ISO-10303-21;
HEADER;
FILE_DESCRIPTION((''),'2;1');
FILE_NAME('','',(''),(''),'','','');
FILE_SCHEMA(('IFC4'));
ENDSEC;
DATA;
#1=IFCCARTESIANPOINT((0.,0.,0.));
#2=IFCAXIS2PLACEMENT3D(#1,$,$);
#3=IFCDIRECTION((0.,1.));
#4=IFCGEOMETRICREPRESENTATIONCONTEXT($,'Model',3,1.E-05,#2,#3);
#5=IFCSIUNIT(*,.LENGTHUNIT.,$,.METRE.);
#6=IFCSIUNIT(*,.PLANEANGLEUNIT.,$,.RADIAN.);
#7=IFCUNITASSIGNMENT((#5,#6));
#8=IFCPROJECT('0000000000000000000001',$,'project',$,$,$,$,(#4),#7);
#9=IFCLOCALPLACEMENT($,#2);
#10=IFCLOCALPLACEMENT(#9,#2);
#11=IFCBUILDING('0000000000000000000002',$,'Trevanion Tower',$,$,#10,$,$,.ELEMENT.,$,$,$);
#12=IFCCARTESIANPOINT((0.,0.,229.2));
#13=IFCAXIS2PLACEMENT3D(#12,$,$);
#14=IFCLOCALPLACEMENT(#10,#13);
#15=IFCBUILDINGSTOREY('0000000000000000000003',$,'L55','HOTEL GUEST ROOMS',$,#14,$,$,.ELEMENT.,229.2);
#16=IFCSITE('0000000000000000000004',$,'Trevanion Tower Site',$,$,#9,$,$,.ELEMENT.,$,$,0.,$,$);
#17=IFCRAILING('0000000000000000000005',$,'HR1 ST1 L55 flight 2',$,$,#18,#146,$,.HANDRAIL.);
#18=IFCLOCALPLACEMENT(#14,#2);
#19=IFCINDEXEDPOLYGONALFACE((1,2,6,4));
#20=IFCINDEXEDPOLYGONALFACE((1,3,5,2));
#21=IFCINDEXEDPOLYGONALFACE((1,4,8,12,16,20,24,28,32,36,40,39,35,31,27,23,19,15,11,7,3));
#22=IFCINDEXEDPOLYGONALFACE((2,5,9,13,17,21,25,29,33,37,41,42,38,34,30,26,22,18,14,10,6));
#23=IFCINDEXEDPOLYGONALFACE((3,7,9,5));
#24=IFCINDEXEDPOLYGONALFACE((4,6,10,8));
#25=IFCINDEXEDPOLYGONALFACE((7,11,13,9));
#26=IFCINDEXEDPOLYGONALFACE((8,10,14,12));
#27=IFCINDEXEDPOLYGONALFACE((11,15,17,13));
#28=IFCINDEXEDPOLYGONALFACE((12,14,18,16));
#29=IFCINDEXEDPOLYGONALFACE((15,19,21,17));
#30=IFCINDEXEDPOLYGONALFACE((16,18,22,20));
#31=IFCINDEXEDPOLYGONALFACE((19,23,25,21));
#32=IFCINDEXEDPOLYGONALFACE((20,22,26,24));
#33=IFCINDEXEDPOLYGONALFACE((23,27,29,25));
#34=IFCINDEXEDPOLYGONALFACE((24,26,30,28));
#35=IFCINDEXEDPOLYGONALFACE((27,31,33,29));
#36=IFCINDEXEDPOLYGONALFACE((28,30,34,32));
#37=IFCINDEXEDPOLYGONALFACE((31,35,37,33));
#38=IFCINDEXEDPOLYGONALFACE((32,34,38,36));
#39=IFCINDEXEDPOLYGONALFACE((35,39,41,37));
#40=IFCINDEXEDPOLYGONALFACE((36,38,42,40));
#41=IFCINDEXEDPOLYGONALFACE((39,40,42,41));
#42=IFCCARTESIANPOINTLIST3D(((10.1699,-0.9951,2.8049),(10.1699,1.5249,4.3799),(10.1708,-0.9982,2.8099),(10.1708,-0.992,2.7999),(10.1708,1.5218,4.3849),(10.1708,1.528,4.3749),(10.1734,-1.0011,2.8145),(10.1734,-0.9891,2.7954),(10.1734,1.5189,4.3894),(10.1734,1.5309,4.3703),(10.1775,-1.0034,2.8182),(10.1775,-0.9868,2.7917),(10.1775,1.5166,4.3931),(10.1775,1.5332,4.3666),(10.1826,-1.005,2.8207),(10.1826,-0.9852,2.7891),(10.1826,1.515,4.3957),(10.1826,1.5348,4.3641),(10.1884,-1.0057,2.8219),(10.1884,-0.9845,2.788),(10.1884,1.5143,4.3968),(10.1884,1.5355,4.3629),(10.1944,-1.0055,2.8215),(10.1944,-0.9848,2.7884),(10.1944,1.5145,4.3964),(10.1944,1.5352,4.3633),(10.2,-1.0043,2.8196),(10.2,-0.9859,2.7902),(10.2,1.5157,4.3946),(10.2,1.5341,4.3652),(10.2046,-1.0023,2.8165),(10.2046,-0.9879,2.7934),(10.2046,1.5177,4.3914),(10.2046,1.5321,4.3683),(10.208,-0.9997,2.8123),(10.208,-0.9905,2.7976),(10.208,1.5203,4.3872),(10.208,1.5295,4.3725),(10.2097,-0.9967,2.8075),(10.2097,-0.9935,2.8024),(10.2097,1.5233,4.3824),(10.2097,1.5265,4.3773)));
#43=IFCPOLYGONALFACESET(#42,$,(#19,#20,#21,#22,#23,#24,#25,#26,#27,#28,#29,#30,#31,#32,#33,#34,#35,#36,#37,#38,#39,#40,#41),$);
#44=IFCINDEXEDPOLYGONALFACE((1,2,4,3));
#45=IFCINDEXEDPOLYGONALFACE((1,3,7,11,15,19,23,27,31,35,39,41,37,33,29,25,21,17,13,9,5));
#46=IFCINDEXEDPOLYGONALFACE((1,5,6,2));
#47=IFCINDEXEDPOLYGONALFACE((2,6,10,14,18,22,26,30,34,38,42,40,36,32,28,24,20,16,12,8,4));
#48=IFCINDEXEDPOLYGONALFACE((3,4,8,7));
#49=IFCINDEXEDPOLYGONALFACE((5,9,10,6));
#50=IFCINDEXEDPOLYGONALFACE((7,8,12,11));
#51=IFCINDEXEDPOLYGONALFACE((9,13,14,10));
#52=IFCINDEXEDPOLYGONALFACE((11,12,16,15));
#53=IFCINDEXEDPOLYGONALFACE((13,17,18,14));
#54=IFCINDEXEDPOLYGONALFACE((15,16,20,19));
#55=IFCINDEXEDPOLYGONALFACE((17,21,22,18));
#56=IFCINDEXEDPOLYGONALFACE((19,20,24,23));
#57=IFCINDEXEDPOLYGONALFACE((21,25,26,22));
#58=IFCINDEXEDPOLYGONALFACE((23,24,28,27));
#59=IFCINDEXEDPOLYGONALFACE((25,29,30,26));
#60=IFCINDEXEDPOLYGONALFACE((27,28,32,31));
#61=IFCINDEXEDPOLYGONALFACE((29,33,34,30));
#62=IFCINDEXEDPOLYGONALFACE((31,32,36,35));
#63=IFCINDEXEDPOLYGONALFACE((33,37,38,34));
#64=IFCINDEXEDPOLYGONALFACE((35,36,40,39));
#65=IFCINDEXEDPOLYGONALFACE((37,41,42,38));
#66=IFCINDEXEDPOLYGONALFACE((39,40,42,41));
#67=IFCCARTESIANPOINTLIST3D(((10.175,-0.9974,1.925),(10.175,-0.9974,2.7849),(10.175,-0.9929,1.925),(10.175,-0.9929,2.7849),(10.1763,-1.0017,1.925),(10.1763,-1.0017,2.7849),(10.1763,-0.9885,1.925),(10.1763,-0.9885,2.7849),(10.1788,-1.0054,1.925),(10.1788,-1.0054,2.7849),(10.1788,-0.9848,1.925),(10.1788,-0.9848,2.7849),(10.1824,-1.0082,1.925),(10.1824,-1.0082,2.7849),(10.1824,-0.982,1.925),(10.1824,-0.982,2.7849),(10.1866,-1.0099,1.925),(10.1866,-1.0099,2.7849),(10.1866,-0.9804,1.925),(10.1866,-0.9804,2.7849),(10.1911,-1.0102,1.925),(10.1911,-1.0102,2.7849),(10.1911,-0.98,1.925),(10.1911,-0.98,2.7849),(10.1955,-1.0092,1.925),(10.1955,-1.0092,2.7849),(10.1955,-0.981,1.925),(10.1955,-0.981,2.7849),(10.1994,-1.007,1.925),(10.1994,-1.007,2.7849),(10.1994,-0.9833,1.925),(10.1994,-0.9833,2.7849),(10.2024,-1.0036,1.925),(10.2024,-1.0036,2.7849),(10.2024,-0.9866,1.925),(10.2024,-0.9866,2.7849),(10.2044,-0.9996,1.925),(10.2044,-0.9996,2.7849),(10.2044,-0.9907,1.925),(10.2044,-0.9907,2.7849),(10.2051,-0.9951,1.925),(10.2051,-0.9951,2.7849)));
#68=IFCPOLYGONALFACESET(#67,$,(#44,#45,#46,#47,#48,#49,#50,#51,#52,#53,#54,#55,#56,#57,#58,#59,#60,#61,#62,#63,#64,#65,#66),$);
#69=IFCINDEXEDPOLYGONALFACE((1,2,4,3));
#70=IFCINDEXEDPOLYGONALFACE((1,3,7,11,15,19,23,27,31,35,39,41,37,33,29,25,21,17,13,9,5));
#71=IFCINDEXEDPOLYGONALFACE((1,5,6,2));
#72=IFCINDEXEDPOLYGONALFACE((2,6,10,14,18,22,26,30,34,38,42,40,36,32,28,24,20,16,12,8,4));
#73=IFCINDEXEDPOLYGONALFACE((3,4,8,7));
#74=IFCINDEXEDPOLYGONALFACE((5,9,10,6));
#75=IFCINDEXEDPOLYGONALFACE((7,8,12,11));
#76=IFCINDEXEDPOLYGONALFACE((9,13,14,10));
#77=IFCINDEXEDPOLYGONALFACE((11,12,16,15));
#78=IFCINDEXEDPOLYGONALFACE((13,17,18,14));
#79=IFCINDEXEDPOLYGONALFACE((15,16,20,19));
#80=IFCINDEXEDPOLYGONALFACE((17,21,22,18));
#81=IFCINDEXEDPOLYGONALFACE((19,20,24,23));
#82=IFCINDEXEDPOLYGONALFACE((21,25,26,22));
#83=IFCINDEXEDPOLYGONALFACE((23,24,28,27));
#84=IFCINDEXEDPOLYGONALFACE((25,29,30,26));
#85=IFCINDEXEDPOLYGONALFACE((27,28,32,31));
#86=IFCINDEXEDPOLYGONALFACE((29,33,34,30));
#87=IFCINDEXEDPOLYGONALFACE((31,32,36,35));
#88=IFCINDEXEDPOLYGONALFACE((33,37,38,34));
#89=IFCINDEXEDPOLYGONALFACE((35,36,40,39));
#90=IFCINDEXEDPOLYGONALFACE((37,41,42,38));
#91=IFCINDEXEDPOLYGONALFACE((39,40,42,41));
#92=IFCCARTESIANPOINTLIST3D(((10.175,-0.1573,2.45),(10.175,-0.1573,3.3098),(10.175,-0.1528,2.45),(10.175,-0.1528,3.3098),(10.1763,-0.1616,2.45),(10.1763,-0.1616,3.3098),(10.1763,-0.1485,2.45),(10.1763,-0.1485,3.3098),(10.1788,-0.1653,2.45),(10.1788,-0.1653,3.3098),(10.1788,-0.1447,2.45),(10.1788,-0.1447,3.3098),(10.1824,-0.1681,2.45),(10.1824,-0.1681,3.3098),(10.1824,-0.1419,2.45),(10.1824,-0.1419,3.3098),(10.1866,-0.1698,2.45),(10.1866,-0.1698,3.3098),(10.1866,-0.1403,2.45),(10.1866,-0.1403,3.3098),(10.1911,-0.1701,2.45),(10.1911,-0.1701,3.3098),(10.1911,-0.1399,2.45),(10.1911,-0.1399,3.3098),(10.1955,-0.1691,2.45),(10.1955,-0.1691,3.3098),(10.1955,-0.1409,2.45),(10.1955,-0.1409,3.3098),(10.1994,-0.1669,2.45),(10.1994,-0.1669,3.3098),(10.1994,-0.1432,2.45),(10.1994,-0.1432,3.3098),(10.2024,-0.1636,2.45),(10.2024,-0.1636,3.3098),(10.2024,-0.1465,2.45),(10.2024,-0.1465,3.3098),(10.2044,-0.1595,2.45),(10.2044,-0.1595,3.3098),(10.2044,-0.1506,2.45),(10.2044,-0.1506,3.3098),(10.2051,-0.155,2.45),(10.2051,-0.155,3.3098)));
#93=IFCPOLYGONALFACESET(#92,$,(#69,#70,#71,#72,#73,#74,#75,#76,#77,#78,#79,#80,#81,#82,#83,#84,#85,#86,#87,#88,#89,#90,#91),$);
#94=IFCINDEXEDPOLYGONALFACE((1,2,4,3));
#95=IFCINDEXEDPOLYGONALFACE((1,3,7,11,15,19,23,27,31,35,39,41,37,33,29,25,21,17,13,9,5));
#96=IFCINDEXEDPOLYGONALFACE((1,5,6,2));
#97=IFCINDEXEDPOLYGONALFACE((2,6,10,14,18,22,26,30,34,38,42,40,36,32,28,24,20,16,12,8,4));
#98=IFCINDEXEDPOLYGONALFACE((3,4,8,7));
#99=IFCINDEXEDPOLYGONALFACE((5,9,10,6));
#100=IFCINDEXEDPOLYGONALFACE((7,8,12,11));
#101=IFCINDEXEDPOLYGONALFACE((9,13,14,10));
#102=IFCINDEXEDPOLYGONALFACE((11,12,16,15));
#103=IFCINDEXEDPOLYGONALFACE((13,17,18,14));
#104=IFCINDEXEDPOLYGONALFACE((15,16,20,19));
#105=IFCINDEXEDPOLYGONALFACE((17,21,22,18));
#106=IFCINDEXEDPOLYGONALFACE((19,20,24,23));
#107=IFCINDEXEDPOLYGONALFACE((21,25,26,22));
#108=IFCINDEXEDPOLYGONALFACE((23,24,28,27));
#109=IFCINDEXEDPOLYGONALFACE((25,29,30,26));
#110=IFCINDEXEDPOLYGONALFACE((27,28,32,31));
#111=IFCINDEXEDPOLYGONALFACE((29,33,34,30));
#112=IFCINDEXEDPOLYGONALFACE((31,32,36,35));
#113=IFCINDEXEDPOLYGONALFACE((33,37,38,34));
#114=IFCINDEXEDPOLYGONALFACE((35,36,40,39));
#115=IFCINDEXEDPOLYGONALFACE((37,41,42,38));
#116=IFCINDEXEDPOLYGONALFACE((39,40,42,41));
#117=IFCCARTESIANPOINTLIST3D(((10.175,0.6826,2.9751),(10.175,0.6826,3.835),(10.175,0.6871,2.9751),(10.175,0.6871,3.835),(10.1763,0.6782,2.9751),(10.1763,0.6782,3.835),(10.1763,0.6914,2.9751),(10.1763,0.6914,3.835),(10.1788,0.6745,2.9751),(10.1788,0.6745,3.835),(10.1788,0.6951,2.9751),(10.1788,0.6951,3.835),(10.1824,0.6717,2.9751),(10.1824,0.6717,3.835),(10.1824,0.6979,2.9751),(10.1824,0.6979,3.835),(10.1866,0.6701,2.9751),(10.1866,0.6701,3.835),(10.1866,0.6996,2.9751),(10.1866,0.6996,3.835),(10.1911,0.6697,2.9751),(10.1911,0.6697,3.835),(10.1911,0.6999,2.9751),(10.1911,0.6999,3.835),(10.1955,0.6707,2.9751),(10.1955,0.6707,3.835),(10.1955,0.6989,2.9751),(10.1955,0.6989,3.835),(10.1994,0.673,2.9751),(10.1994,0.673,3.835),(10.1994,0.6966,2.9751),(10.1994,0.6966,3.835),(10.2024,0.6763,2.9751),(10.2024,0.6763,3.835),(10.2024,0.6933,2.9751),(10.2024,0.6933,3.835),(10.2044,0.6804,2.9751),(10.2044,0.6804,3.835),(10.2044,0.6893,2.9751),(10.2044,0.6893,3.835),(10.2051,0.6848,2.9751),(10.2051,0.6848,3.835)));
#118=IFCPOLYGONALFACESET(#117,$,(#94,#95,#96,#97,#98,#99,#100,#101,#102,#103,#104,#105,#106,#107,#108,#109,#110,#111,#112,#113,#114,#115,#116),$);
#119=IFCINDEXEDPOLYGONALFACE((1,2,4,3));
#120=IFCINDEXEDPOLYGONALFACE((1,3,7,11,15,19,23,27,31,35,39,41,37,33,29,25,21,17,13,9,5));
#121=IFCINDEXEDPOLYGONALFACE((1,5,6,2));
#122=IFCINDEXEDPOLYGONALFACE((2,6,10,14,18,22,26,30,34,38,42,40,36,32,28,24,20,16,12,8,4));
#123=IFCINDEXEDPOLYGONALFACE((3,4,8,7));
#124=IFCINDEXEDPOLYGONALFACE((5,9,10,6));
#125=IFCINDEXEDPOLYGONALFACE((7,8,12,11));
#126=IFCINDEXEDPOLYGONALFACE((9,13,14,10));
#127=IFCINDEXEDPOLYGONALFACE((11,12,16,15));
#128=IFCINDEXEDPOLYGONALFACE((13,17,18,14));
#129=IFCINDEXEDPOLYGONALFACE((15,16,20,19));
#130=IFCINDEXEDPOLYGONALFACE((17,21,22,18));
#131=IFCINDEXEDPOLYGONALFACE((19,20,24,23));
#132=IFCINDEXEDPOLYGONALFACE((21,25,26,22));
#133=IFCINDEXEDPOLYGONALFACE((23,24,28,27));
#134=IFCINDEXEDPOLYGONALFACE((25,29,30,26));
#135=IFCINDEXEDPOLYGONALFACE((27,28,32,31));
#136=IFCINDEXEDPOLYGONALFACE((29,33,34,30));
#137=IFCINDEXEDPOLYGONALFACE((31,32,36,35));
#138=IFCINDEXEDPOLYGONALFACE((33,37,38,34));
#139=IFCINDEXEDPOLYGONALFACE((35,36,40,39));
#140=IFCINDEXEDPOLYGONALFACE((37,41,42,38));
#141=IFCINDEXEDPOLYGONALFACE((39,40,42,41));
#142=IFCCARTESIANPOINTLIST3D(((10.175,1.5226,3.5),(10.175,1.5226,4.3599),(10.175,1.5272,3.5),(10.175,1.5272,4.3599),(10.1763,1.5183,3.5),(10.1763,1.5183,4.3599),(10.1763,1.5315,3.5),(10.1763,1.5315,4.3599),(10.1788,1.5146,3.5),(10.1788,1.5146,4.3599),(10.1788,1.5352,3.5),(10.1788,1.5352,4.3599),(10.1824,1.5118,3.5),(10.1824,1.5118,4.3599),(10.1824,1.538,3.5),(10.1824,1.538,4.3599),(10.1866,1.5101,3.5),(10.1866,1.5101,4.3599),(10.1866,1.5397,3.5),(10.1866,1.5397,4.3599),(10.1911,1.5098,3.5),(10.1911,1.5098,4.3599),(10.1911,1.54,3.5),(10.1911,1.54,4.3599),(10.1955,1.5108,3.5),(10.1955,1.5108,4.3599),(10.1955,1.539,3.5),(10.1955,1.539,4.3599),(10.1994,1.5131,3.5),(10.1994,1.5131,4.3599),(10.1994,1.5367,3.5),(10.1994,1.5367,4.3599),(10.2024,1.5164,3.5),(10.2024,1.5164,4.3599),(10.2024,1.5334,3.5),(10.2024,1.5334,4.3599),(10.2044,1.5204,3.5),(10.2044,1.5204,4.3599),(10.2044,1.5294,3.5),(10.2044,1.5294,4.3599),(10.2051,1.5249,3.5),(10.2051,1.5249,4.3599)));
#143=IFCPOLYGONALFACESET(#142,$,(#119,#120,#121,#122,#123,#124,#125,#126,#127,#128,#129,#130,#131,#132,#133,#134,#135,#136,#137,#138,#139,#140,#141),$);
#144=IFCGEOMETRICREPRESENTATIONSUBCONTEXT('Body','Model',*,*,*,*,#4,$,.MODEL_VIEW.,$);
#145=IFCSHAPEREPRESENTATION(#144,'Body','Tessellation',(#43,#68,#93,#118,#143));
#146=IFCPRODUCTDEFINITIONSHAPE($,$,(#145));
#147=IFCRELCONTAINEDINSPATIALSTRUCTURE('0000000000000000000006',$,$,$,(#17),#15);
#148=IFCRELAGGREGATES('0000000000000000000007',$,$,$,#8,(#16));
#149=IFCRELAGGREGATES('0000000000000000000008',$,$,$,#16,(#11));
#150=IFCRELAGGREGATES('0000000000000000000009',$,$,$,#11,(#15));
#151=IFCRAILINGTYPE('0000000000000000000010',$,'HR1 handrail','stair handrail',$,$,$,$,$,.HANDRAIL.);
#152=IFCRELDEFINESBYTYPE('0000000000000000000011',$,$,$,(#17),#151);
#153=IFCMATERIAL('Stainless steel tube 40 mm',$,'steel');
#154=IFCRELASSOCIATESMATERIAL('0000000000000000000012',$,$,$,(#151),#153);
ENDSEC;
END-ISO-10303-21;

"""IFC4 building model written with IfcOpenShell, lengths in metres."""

from ifc_helpers import new_model, si_unit, direction, frame, origin, origin_2d, place, context, subcontext, project, spatial, circle, extrude, material, type_object, element, save


model = new_model("IFC4")

# Units and contexts
model_context = context("Model", 3, precision=1e-05, world=origin(), true_north=direction((0.0, 1.0)))
body_context = subcontext(model_context, "Body", "Model", "MODEL_VIEW")
ifc_project = project(units=[si_unit("LENGTHUNIT", "METRE"), si_unit("PLANEANGLEUNIT", "RADIAN")], contexts=[model_context])

# Site, building, storey
site_placement = place(None, origin())
site = spatial("IfcSite", under=ifc_project, at=site_placement, Name="Trevanion Tower Site", CompositionType="ELEMENT", RefElevation=0.0)
building_placement = place(site_placement, origin())
building = spatial("IfcBuilding", under=site, at=building_placement, Name="Trevanion Tower", CompositionType="ELEMENT")
storey_placement = place(building_placement, frame((0.0, 0.0, 229.2)))
storey = spatial("IfcBuildingStorey", under=building, at=storey_placement, Name="L55", Description="HOTEL GUEST ROOMS", CompositionType="ELEMENT", Elevation=229.2)

# Railing
ifc_material_1 = material(Name="Stainless steel tube 40 mm", Category="steel")
railing_type = type_object("IfcRailingType", Name="HR1 handrail", Description="stair handrail", PredefinedType="HANDRAIL", material=ifc_material_1)
for number, where, name in (
    (1, (10.1899, -0.9951, 1.925), "HR1 ST1 L55 flight 2"),
):
    element("IfcRailing", number, at=place(storey_placement, frame(where)), inside=storey, type_object=railing_type, Name=name, PredefinedType="HANDRAIL", context=body_context, shape_type="SweptSolid", body=[
        extrude(circle(Radius=0.02, at=origin_2d()), frame((0.0, 0.0, 0.8799), z_axis=(0.0, 0.848008, 0.529984), x_axis=(-1.0, 0.0, 0.0)), (0.0, 0.0, 1.0), 2.9717),
        extrude(circle(Radius=0.0151, at=origin_2d()), origin(), (0.0, 0.0, 1.0), 0.8599),
        extrude(circle(Radius=0.0151, at=origin_2d()), frame((0.0, 0.8401, 0.5249)), (0.0, 0.0, 1.0), 0.8599),
        extrude(circle(Radius=0.0151, at=origin_2d()), frame((0.0, 1.6799, 1.05)), (0.0, 0.0, 1.0), 0.8599),
        extrude(circle(Radius=0.0151, at=origin_2d()), frame((0.0, 2.52, 1.575)), (0.0, 0.0, 1.0), 0.8599),
    ])

save(model, "model.ifc")
